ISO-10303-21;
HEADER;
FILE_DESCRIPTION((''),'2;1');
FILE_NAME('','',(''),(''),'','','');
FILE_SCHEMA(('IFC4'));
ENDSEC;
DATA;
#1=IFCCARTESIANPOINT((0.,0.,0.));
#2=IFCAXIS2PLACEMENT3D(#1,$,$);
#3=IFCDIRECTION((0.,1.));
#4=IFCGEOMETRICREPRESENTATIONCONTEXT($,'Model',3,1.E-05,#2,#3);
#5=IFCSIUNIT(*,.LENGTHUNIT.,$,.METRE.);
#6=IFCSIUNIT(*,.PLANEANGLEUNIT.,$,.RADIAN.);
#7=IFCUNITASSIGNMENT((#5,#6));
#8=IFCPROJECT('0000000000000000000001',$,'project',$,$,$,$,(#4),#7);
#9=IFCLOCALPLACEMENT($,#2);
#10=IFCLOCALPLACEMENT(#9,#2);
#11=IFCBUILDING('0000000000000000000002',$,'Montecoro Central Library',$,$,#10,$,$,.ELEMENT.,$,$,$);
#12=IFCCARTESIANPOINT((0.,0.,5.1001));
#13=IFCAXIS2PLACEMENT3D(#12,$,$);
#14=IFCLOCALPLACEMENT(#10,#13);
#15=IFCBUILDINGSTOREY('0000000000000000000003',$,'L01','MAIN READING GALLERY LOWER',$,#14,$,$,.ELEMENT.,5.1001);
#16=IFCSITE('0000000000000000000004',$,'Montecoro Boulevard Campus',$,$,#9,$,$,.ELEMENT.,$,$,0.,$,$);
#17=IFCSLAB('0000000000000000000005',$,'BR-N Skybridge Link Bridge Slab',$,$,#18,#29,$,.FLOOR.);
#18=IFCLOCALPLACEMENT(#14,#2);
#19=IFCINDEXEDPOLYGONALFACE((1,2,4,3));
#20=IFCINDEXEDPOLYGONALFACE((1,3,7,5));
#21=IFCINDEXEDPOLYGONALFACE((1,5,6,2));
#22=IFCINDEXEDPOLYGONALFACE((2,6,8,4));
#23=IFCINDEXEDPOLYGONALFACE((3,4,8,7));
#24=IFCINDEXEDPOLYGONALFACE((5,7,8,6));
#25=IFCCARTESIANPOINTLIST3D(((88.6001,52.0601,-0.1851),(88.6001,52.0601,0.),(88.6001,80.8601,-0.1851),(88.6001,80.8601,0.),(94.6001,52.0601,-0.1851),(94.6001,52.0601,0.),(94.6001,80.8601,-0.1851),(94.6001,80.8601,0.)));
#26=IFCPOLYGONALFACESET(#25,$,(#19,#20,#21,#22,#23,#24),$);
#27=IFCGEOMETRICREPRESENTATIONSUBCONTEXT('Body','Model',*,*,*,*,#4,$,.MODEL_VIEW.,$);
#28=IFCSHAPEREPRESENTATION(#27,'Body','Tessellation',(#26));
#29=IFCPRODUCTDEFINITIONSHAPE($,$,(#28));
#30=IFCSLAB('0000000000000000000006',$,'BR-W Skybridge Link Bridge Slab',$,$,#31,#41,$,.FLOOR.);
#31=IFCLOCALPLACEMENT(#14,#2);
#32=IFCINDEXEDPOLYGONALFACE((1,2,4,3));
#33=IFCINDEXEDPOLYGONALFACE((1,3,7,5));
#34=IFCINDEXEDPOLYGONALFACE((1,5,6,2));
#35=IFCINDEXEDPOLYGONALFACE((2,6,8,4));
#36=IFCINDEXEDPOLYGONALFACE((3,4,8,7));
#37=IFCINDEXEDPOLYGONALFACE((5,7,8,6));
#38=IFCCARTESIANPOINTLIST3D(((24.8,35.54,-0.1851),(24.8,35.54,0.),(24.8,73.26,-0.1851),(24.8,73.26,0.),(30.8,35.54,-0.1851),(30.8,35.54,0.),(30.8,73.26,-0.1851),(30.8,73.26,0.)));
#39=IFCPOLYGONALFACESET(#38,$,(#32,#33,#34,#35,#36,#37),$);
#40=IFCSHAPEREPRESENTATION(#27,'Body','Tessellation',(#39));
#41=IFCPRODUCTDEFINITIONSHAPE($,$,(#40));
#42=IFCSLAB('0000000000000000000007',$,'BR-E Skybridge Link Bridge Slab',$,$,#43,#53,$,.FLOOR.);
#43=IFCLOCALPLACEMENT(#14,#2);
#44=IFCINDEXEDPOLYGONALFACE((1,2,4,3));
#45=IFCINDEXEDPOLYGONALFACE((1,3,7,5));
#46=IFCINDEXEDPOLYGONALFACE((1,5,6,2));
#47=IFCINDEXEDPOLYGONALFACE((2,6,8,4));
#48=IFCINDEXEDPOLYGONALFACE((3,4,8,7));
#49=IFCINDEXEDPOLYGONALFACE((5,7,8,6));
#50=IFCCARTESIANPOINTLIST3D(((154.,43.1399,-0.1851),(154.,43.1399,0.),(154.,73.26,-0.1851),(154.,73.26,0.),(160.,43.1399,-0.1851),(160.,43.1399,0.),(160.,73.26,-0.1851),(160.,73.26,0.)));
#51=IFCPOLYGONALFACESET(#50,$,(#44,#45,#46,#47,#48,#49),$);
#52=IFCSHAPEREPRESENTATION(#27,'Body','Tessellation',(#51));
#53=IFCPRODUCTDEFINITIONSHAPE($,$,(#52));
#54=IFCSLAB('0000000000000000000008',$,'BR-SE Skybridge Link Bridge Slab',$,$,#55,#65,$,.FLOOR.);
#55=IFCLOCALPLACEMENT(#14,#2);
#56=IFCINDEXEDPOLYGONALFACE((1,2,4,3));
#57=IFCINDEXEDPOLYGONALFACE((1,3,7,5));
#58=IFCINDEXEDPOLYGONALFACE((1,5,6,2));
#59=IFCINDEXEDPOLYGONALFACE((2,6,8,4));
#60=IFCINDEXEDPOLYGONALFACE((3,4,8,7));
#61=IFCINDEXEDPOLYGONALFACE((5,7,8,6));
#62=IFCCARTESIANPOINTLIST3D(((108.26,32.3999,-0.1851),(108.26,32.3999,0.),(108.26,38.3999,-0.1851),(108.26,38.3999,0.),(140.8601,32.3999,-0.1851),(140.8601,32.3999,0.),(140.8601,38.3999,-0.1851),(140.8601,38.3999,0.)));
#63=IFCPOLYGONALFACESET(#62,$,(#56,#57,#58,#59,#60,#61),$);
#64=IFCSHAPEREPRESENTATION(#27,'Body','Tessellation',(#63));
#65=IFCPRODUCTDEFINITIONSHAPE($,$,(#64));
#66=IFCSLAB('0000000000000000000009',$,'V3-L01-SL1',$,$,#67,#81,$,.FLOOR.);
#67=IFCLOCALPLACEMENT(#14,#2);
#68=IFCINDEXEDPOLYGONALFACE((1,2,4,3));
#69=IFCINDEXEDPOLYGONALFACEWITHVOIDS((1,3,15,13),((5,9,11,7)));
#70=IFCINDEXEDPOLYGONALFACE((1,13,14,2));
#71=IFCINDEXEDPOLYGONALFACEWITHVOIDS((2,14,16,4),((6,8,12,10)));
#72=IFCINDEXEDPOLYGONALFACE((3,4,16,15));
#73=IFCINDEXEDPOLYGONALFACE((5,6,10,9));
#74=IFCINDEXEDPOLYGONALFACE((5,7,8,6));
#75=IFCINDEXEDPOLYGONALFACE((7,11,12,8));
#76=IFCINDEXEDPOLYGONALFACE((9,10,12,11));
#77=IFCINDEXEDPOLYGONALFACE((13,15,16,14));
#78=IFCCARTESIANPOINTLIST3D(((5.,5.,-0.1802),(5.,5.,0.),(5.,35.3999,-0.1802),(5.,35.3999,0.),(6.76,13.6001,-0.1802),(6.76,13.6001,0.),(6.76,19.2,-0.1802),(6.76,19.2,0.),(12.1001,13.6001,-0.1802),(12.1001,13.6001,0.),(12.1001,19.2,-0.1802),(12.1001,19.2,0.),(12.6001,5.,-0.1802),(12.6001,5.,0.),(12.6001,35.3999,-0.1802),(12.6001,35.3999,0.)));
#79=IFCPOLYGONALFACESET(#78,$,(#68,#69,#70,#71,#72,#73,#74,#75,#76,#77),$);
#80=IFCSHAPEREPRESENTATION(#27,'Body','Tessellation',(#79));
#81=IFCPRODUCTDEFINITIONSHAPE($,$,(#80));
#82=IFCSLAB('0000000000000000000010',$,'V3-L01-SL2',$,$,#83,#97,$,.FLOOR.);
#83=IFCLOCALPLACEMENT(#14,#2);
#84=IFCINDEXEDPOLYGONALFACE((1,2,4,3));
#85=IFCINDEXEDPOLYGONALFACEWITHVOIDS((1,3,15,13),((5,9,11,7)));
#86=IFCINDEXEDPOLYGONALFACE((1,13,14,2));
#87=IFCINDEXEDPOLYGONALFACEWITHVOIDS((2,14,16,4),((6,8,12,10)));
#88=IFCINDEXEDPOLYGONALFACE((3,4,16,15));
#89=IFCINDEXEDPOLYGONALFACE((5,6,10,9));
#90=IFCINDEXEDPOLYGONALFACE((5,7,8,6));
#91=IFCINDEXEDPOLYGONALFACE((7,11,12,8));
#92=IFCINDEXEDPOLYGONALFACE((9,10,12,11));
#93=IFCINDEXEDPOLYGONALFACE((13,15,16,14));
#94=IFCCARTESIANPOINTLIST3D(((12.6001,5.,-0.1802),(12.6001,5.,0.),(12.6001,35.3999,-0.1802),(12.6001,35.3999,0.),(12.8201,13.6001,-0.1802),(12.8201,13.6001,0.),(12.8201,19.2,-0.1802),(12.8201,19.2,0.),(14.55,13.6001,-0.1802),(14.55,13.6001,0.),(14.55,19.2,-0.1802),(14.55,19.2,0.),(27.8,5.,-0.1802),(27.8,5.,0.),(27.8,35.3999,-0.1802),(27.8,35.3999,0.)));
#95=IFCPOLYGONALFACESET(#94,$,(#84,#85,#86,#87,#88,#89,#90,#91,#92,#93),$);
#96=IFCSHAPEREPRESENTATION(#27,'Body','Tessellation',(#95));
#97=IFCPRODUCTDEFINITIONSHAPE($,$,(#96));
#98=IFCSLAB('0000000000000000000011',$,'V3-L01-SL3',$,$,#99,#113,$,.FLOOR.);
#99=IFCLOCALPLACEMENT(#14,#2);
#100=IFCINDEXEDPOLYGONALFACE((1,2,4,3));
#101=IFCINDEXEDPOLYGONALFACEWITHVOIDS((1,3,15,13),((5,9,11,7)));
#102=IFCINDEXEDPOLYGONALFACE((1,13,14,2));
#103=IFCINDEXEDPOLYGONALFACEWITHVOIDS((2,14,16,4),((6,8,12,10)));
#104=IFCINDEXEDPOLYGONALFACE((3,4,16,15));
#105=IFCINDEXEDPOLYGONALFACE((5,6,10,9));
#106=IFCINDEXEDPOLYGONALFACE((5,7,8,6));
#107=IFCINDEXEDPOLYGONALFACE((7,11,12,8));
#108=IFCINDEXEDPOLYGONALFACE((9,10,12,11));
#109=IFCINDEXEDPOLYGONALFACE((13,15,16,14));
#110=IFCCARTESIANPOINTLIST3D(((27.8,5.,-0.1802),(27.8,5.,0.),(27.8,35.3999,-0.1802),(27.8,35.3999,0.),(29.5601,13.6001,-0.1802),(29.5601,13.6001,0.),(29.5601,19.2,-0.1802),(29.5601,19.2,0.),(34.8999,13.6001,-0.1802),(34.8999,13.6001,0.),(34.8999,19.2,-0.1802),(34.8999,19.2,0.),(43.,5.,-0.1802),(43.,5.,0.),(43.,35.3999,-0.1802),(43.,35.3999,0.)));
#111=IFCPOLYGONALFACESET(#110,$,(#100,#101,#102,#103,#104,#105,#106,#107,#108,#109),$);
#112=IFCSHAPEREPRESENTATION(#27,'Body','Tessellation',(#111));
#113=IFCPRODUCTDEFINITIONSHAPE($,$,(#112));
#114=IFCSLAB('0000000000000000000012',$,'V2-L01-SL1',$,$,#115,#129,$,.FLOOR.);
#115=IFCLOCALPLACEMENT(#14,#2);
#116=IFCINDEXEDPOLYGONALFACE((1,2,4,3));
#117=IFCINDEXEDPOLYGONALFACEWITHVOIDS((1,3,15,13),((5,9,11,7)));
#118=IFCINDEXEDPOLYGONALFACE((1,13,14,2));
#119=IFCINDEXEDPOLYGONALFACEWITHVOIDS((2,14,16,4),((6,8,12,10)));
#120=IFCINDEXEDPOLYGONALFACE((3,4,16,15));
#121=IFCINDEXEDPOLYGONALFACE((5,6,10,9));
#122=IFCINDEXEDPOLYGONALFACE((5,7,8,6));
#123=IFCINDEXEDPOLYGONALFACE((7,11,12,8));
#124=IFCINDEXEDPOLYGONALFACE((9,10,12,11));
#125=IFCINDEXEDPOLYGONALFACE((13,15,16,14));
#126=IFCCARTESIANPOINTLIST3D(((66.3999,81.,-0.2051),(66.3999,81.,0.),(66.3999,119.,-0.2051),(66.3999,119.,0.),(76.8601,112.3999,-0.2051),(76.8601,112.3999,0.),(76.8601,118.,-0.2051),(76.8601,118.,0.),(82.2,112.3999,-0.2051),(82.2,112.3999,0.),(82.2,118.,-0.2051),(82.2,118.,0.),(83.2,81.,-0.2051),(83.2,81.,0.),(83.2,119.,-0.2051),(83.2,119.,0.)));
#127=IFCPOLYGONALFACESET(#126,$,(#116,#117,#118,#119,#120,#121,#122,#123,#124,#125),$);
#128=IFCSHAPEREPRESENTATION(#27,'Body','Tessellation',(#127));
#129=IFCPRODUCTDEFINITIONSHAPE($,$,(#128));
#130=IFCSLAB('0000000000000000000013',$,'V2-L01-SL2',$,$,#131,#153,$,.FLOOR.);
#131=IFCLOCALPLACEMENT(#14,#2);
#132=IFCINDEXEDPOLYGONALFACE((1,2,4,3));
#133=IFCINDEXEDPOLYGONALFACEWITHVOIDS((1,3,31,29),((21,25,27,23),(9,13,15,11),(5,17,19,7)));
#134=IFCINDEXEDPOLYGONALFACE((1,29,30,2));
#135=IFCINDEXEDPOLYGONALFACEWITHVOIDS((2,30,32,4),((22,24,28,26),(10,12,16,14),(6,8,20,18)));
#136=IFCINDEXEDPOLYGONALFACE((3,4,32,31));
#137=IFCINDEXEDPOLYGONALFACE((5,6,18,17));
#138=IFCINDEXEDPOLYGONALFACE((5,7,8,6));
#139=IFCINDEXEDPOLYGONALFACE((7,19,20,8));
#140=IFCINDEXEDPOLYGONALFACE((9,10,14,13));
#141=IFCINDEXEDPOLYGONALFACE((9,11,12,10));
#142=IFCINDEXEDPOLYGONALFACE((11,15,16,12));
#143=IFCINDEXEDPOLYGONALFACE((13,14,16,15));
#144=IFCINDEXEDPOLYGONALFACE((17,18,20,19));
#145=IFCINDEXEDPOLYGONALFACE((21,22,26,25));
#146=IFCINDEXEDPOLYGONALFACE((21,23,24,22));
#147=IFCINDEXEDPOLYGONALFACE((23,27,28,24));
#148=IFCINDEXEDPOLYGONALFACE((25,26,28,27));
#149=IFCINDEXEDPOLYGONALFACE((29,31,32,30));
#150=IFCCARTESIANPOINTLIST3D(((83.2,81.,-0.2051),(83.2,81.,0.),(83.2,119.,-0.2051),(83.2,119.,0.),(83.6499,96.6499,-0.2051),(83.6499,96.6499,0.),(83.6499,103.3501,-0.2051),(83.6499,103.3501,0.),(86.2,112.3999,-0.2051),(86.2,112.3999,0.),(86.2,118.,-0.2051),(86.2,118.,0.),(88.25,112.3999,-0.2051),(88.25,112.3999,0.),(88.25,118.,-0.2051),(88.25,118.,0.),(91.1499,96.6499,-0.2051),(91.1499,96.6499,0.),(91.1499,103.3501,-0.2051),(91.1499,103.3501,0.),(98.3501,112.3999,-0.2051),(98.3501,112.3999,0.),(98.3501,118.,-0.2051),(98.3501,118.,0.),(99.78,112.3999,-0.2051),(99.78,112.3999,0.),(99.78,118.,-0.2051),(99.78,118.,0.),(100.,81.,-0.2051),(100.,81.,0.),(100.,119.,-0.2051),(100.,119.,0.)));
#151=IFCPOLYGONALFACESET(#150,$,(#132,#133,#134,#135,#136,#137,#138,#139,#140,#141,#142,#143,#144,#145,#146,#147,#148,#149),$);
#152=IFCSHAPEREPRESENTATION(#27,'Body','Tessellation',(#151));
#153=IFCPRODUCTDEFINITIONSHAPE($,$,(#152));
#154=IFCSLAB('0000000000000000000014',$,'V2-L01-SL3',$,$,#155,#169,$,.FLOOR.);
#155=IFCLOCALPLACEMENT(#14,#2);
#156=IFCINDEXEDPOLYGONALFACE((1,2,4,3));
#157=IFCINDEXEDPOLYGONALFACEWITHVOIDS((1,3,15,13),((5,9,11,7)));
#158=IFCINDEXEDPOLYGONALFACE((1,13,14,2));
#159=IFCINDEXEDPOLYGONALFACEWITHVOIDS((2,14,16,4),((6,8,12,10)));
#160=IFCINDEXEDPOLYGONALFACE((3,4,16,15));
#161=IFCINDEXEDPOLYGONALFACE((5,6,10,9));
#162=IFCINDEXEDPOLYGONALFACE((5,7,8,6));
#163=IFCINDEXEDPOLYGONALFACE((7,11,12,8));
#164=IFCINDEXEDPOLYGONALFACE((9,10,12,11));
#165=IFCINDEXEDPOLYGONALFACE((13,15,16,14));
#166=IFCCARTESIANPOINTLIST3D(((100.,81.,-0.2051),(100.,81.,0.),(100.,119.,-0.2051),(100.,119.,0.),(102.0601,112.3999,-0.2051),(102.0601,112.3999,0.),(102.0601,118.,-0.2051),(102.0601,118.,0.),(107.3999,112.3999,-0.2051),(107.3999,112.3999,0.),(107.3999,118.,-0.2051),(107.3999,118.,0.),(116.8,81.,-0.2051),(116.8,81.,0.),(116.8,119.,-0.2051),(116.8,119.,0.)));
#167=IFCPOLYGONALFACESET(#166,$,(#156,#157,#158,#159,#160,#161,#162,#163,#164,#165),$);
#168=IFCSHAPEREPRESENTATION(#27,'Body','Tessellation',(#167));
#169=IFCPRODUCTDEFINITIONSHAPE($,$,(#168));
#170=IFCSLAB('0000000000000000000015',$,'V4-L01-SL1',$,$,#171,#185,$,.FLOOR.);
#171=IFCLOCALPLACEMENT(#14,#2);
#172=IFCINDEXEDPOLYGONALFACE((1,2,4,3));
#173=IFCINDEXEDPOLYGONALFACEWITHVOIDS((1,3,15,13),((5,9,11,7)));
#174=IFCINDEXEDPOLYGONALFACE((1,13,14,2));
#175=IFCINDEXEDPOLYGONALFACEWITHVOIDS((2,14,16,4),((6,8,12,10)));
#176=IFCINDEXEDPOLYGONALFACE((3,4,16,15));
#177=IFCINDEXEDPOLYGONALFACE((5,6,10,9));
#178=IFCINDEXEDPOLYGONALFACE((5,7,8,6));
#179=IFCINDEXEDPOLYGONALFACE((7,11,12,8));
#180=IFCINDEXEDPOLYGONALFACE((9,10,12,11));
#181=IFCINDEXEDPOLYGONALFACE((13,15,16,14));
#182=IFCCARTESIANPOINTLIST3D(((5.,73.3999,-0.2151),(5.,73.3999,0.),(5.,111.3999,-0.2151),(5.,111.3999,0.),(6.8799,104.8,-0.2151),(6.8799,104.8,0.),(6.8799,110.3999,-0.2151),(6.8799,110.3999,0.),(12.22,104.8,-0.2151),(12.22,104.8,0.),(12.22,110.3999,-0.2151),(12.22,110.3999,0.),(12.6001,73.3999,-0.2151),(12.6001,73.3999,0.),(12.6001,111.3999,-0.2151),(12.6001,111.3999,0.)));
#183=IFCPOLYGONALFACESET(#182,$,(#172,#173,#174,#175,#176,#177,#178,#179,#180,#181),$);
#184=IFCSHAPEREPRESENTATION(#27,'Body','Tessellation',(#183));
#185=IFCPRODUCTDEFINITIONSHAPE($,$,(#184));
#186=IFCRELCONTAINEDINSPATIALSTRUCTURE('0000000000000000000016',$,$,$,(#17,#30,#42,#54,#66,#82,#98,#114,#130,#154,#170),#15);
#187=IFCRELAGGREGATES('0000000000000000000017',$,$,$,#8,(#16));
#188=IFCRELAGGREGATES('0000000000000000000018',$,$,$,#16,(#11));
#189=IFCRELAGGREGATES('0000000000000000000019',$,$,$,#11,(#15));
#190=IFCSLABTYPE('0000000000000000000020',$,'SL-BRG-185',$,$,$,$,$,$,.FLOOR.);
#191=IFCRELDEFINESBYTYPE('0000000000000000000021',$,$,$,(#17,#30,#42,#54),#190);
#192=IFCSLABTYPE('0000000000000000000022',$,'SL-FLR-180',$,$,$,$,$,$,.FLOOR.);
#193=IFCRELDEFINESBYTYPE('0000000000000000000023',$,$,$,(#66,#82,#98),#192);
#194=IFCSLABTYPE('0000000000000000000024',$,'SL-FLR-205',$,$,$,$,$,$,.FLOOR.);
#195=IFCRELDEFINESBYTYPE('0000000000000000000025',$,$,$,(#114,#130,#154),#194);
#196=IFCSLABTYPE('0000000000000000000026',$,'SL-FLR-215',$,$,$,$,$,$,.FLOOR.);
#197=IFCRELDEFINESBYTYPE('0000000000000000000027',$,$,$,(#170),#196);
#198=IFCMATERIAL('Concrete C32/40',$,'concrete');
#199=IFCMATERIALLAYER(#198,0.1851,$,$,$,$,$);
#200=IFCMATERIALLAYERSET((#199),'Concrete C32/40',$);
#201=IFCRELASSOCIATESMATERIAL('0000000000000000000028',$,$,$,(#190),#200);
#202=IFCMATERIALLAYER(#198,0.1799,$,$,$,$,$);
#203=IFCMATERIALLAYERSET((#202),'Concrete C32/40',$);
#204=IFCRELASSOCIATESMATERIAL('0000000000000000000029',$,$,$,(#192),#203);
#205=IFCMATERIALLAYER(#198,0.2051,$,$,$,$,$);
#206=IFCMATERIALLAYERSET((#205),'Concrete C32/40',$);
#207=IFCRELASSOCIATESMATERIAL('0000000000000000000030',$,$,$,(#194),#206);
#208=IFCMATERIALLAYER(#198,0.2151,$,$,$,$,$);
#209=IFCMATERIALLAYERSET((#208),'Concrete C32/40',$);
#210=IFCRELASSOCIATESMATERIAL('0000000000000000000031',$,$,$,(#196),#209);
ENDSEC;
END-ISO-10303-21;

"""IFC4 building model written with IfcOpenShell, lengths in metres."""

from ifc_helpers import new_model, si_unit, direction, frame, origin, place, context, subcontext, project, spatial, polyline, outline, extrude, material, layer, layer_set, type_object, element, save


model = new_model("IFC4")

# Units and contexts
model_context = context("Model", 3, precision=1e-05, world=origin(), true_north=direction((0.0, 1.0)))
body_context = subcontext(model_context, "Body", "Model", "MODEL_VIEW")
ifc_project = project(units=[si_unit("LENGTHUNIT", "METRE"), si_unit("PLANEANGLEUNIT", "RADIAN")], contexts=[model_context])

# Site, building, storey
site_placement = place(None, origin())
site = spatial("IfcSite", under=ifc_project, at=site_placement, Name="Montecoro Boulevard Campus", CompositionType="ELEMENT", RefElevation=0.0)
building_placement = place(site_placement, origin())
building = spatial("IfcBuilding", under=site, at=building_placement, Name="Montecoro Central Library", CompositionType="ELEMENT")
storey_placement = place(building_placement, frame((0.0, 0.0, 5.1001)))
storey = spatial("IfcBuildingStorey", under=building, at=storey_placement, Name="L01", Description="MAIN READING GALLERY LOWER", CompositionType="ELEMENT", Elevation=5.1001)

# Slabs
ifc_material_1 = material(Name="Concrete C32/40", Category="concrete")
ifc_layer_1 = layer(ifc_material_1, 0.1851)
ifc_layer_set_1 = layer_set([ifc_layer_1], Name="Concrete C32/40")
slab_type_1 = type_object("IfcSlabType", Name="SL-BRG-185", PredefinedType="FLOOR", material=ifc_layer_set_1)
slab_1_placement = place(storey_placement, frame((0.0, 0.0, -0.1851)))
element("IfcSlab", 1, at=slab_1_placement, inside=storey, type_object=slab_type_1, Name="BR-N Skybridge Link Bridge Slab", PredefinedType="FLOOR", context=body_context, shape_type="SweptSolid", body=[
    extrude(outline(polyline([(88.6001, 52.0601), (94.6001, 52.0601), (94.6001, 80.8601), (88.6001, 80.8601), (88.6001, 52.0601)])), origin(), (0.0, 0.0, 1.0), 0.1851),
])
slab_2_placement = place(storey_placement, frame((0.0, 0.0, -0.1851)))
element("IfcSlab", 2, at=slab_2_placement, inside=storey, type_object=slab_type_1, Name="BR-W Skybridge Link Bridge Slab", PredefinedType="FLOOR", context=body_context, shape_type="SweptSolid", body=[
    extrude(outline(polyline([(24.8, 35.54), (30.8, 35.54), (30.8, 73.26), (24.8, 73.26), (24.8, 35.54)])), origin(), (0.0, 0.0, 1.0), 0.1851),
])
slab_3_placement = place(storey_placement, frame((0.0, 0.0, -0.1851)))
element("IfcSlab", 3, at=slab_3_placement, inside=storey, type_object=slab_type_1, Name="BR-E Skybridge Link Bridge Slab", PredefinedType="FLOOR", context=body_context, shape_type="SweptSolid", body=[
    extrude(outline(polyline([(154.0, 43.1399), (160.0, 43.1399), (160.0, 73.26), (154.0, 73.26), (154.0, 43.1399)])), origin(), (0.0, 0.0, 1.0), 0.1851),
])
slab_4_placement = place(storey_placement, frame((0.0, 0.0, -0.1851)))
element("IfcSlab", 4, at=slab_4_placement, inside=storey, type_object=slab_type_1, Name="BR-SE Skybridge Link Bridge Slab", PredefinedType="FLOOR", context=body_context, shape_type="SweptSolid", body=[
    extrude(outline(polyline([(108.26, 32.3999), (140.8601, 32.3999), (140.8601, 38.3999), (108.26, 38.3999), (108.26, 32.3999)])), origin(), (0.0, 0.0, 1.0), 0.1851),
])
ifc_layer_2 = layer(ifc_material_1, 0.1799)
ifc_layer_set_2 = layer_set([ifc_layer_2], Name="Concrete C32/40")
slab_type_2 = type_object("IfcSlabType", Name="SL-FLR-180", PredefinedType="FLOOR", material=ifc_layer_set_2)
slab_5_placement = place(storey_placement, frame((0.0, 0.0, -0.1802)))
element("IfcSlab", 5, at=slab_5_placement, inside=storey, type_object=slab_type_2, Name="V3-L01-SL1", PredefinedType="FLOOR", context=body_context, shape_type="SweptSolid", body=[
    extrude(outline(polyline([(5.0, 5.0), (12.6001, 5.0), (12.6001, 35.3999), (5.0, 35.3999), (5.0, 5.0)]), holes=[polyline([(6.76, 19.2), (12.1001, 19.2), (12.1001, 13.6001), (6.76, 13.6001), (6.76, 19.2)])]), origin(), (0.0, 0.0, 1.0), 0.1802),
])
slab_6_placement = place(storey_placement, frame((0.0, 0.0, -0.1802)))
element("IfcSlab", 6, at=slab_6_placement, inside=storey, type_object=slab_type_2, Name="V3-L01-SL2", PredefinedType="FLOOR", context=body_context, shape_type="SweptSolid", body=[
    extrude(outline(polyline([(12.6001, 5.0), (27.8, 5.0), (27.8, 35.3999), (12.6001, 35.3999), (12.6001, 5.0)]), holes=[polyline([(12.8201, 19.2), (14.55, 19.2), (14.55, 13.6001), (12.8201, 13.6001), (12.8201, 19.2)])]), origin(), (0.0, 0.0, 1.0), 0.1802),
])
slab_7_placement = place(storey_placement, frame((0.0, 0.0, -0.1802)))
element("IfcSlab", 7, at=slab_7_placement, inside=storey, type_object=slab_type_2, Name="V3-L01-SL3", PredefinedType="FLOOR", context=body_context, shape_type="SweptSolid", body=[
    extrude(outline(polyline([(27.8, 5.0), (43.0, 5.0), (43.0, 35.3999), (27.8, 35.3999), (27.8, 5.0)]), holes=[polyline([(29.5601, 19.2), (34.8999, 19.2), (34.8999, 13.6001), (29.5601, 13.6001), (29.5601, 19.2)])]), origin(), (0.0, 0.0, 1.0), 0.1802),
])
ifc_layer_3 = layer(ifc_material_1, 0.2051)
ifc_layer_set_3 = layer_set([ifc_layer_3], Name="Concrete C32/40")
slab_type_3 = type_object("IfcSlabType", Name="SL-FLR-205", PredefinedType="FLOOR", material=ifc_layer_set_3)
slab_8_placement = place(storey_placement, frame((0.0, 0.0, -0.2051)))
element("IfcSlab", 8, at=slab_8_placement, inside=storey, type_object=slab_type_3, Name="V2-L01-SL1", PredefinedType="FLOOR", context=body_context, shape_type="SweptSolid", body=[
    extrude(outline(polyline([(66.3999, 81.0), (83.2, 81.0), (83.2, 119.0), (66.3999, 119.0), (66.3999, 81.0)]), holes=[polyline([(76.8601, 118.0), (82.2, 118.0), (82.2, 112.3999), (76.8601, 112.3999), (76.8601, 118.0)])]), origin(), (0.0, 0.0, 1.0), 0.2051),
])
slab_9_placement = place(storey_placement, frame((0.0, 0.0, -0.2051)))
element("IfcSlab", 9, at=slab_9_placement, inside=storey, type_object=slab_type_3, Name="V2-L01-SL2", PredefinedType="FLOOR", context=body_context, shape_type="SweptSolid", body=[
    extrude(outline(polyline([(83.2, 81.0), (100.0, 81.0), (100.0, 119.0), (83.2, 119.0), (83.2, 81.0)]), holes=[polyline([(86.2, 118.0), (88.25, 118.0), (88.25, 112.3999), (86.2, 112.3999), (86.2, 118.0)]), polyline([(98.3501, 118.0), (99.78, 118.0), (99.78, 112.3999), (98.3501, 112.3999), (98.3501, 118.0)]), polyline([(83.6499, 103.3501), (91.1499, 103.3501), (91.1499, 96.6499), (83.6499, 96.6499), (83.6499, 103.3501)])]), origin(), (0.0, 0.0, 1.0), 0.2051),
])
slab_10_placement = place(storey_placement, frame((0.0, 0.0, -0.2051)))
element("IfcSlab", 10, at=slab_10_placement, inside=storey, type_object=slab_type_3, Name="V2-L01-SL3", PredefinedType="FLOOR", context=body_context, shape_type="SweptSolid", body=[
    extrude(outline(polyline([(100.0, 81.0), (116.8, 81.0), (116.8, 119.0), (100.0, 119.0), (100.0, 81.0)]), holes=[polyline([(102.0601, 118.0), (107.3999, 118.0), (107.3999, 112.3999), (102.0601, 112.3999), (102.0601, 118.0)])]), origin(), (0.0, 0.0, 1.0), 0.2051),
])
ifc_layer_4 = layer(ifc_material_1, 0.2151)
ifc_layer_set_4 = layer_set([ifc_layer_4], Name="Concrete C32/40")
slab_type_4 = type_object("IfcSlabType", Name="SL-FLR-215", PredefinedType="FLOOR", material=ifc_layer_set_4)
slab_11_placement = place(storey_placement, frame((0.0, 0.0, -0.2151)))
element("IfcSlab", 11, at=slab_11_placement, inside=storey, type_object=slab_type_4, Name="V4-L01-SL1", PredefinedType="FLOOR", context=body_context, shape_type="SweptSolid", body=[
    extrude(outline(polyline([(5.0, 73.3999), (12.6001, 73.3999), (12.6001, 111.3999), (5.0, 111.3999), (5.0, 73.3999)]), holes=[polyline([(6.8799, 110.3999), (12.22, 110.3999), (12.22, 104.8), (6.8799, 104.8), (6.8799, 110.3999)])]), origin(), (0.0, 0.0, 1.0), 0.2151),
])

save(model, "model.ifc")
